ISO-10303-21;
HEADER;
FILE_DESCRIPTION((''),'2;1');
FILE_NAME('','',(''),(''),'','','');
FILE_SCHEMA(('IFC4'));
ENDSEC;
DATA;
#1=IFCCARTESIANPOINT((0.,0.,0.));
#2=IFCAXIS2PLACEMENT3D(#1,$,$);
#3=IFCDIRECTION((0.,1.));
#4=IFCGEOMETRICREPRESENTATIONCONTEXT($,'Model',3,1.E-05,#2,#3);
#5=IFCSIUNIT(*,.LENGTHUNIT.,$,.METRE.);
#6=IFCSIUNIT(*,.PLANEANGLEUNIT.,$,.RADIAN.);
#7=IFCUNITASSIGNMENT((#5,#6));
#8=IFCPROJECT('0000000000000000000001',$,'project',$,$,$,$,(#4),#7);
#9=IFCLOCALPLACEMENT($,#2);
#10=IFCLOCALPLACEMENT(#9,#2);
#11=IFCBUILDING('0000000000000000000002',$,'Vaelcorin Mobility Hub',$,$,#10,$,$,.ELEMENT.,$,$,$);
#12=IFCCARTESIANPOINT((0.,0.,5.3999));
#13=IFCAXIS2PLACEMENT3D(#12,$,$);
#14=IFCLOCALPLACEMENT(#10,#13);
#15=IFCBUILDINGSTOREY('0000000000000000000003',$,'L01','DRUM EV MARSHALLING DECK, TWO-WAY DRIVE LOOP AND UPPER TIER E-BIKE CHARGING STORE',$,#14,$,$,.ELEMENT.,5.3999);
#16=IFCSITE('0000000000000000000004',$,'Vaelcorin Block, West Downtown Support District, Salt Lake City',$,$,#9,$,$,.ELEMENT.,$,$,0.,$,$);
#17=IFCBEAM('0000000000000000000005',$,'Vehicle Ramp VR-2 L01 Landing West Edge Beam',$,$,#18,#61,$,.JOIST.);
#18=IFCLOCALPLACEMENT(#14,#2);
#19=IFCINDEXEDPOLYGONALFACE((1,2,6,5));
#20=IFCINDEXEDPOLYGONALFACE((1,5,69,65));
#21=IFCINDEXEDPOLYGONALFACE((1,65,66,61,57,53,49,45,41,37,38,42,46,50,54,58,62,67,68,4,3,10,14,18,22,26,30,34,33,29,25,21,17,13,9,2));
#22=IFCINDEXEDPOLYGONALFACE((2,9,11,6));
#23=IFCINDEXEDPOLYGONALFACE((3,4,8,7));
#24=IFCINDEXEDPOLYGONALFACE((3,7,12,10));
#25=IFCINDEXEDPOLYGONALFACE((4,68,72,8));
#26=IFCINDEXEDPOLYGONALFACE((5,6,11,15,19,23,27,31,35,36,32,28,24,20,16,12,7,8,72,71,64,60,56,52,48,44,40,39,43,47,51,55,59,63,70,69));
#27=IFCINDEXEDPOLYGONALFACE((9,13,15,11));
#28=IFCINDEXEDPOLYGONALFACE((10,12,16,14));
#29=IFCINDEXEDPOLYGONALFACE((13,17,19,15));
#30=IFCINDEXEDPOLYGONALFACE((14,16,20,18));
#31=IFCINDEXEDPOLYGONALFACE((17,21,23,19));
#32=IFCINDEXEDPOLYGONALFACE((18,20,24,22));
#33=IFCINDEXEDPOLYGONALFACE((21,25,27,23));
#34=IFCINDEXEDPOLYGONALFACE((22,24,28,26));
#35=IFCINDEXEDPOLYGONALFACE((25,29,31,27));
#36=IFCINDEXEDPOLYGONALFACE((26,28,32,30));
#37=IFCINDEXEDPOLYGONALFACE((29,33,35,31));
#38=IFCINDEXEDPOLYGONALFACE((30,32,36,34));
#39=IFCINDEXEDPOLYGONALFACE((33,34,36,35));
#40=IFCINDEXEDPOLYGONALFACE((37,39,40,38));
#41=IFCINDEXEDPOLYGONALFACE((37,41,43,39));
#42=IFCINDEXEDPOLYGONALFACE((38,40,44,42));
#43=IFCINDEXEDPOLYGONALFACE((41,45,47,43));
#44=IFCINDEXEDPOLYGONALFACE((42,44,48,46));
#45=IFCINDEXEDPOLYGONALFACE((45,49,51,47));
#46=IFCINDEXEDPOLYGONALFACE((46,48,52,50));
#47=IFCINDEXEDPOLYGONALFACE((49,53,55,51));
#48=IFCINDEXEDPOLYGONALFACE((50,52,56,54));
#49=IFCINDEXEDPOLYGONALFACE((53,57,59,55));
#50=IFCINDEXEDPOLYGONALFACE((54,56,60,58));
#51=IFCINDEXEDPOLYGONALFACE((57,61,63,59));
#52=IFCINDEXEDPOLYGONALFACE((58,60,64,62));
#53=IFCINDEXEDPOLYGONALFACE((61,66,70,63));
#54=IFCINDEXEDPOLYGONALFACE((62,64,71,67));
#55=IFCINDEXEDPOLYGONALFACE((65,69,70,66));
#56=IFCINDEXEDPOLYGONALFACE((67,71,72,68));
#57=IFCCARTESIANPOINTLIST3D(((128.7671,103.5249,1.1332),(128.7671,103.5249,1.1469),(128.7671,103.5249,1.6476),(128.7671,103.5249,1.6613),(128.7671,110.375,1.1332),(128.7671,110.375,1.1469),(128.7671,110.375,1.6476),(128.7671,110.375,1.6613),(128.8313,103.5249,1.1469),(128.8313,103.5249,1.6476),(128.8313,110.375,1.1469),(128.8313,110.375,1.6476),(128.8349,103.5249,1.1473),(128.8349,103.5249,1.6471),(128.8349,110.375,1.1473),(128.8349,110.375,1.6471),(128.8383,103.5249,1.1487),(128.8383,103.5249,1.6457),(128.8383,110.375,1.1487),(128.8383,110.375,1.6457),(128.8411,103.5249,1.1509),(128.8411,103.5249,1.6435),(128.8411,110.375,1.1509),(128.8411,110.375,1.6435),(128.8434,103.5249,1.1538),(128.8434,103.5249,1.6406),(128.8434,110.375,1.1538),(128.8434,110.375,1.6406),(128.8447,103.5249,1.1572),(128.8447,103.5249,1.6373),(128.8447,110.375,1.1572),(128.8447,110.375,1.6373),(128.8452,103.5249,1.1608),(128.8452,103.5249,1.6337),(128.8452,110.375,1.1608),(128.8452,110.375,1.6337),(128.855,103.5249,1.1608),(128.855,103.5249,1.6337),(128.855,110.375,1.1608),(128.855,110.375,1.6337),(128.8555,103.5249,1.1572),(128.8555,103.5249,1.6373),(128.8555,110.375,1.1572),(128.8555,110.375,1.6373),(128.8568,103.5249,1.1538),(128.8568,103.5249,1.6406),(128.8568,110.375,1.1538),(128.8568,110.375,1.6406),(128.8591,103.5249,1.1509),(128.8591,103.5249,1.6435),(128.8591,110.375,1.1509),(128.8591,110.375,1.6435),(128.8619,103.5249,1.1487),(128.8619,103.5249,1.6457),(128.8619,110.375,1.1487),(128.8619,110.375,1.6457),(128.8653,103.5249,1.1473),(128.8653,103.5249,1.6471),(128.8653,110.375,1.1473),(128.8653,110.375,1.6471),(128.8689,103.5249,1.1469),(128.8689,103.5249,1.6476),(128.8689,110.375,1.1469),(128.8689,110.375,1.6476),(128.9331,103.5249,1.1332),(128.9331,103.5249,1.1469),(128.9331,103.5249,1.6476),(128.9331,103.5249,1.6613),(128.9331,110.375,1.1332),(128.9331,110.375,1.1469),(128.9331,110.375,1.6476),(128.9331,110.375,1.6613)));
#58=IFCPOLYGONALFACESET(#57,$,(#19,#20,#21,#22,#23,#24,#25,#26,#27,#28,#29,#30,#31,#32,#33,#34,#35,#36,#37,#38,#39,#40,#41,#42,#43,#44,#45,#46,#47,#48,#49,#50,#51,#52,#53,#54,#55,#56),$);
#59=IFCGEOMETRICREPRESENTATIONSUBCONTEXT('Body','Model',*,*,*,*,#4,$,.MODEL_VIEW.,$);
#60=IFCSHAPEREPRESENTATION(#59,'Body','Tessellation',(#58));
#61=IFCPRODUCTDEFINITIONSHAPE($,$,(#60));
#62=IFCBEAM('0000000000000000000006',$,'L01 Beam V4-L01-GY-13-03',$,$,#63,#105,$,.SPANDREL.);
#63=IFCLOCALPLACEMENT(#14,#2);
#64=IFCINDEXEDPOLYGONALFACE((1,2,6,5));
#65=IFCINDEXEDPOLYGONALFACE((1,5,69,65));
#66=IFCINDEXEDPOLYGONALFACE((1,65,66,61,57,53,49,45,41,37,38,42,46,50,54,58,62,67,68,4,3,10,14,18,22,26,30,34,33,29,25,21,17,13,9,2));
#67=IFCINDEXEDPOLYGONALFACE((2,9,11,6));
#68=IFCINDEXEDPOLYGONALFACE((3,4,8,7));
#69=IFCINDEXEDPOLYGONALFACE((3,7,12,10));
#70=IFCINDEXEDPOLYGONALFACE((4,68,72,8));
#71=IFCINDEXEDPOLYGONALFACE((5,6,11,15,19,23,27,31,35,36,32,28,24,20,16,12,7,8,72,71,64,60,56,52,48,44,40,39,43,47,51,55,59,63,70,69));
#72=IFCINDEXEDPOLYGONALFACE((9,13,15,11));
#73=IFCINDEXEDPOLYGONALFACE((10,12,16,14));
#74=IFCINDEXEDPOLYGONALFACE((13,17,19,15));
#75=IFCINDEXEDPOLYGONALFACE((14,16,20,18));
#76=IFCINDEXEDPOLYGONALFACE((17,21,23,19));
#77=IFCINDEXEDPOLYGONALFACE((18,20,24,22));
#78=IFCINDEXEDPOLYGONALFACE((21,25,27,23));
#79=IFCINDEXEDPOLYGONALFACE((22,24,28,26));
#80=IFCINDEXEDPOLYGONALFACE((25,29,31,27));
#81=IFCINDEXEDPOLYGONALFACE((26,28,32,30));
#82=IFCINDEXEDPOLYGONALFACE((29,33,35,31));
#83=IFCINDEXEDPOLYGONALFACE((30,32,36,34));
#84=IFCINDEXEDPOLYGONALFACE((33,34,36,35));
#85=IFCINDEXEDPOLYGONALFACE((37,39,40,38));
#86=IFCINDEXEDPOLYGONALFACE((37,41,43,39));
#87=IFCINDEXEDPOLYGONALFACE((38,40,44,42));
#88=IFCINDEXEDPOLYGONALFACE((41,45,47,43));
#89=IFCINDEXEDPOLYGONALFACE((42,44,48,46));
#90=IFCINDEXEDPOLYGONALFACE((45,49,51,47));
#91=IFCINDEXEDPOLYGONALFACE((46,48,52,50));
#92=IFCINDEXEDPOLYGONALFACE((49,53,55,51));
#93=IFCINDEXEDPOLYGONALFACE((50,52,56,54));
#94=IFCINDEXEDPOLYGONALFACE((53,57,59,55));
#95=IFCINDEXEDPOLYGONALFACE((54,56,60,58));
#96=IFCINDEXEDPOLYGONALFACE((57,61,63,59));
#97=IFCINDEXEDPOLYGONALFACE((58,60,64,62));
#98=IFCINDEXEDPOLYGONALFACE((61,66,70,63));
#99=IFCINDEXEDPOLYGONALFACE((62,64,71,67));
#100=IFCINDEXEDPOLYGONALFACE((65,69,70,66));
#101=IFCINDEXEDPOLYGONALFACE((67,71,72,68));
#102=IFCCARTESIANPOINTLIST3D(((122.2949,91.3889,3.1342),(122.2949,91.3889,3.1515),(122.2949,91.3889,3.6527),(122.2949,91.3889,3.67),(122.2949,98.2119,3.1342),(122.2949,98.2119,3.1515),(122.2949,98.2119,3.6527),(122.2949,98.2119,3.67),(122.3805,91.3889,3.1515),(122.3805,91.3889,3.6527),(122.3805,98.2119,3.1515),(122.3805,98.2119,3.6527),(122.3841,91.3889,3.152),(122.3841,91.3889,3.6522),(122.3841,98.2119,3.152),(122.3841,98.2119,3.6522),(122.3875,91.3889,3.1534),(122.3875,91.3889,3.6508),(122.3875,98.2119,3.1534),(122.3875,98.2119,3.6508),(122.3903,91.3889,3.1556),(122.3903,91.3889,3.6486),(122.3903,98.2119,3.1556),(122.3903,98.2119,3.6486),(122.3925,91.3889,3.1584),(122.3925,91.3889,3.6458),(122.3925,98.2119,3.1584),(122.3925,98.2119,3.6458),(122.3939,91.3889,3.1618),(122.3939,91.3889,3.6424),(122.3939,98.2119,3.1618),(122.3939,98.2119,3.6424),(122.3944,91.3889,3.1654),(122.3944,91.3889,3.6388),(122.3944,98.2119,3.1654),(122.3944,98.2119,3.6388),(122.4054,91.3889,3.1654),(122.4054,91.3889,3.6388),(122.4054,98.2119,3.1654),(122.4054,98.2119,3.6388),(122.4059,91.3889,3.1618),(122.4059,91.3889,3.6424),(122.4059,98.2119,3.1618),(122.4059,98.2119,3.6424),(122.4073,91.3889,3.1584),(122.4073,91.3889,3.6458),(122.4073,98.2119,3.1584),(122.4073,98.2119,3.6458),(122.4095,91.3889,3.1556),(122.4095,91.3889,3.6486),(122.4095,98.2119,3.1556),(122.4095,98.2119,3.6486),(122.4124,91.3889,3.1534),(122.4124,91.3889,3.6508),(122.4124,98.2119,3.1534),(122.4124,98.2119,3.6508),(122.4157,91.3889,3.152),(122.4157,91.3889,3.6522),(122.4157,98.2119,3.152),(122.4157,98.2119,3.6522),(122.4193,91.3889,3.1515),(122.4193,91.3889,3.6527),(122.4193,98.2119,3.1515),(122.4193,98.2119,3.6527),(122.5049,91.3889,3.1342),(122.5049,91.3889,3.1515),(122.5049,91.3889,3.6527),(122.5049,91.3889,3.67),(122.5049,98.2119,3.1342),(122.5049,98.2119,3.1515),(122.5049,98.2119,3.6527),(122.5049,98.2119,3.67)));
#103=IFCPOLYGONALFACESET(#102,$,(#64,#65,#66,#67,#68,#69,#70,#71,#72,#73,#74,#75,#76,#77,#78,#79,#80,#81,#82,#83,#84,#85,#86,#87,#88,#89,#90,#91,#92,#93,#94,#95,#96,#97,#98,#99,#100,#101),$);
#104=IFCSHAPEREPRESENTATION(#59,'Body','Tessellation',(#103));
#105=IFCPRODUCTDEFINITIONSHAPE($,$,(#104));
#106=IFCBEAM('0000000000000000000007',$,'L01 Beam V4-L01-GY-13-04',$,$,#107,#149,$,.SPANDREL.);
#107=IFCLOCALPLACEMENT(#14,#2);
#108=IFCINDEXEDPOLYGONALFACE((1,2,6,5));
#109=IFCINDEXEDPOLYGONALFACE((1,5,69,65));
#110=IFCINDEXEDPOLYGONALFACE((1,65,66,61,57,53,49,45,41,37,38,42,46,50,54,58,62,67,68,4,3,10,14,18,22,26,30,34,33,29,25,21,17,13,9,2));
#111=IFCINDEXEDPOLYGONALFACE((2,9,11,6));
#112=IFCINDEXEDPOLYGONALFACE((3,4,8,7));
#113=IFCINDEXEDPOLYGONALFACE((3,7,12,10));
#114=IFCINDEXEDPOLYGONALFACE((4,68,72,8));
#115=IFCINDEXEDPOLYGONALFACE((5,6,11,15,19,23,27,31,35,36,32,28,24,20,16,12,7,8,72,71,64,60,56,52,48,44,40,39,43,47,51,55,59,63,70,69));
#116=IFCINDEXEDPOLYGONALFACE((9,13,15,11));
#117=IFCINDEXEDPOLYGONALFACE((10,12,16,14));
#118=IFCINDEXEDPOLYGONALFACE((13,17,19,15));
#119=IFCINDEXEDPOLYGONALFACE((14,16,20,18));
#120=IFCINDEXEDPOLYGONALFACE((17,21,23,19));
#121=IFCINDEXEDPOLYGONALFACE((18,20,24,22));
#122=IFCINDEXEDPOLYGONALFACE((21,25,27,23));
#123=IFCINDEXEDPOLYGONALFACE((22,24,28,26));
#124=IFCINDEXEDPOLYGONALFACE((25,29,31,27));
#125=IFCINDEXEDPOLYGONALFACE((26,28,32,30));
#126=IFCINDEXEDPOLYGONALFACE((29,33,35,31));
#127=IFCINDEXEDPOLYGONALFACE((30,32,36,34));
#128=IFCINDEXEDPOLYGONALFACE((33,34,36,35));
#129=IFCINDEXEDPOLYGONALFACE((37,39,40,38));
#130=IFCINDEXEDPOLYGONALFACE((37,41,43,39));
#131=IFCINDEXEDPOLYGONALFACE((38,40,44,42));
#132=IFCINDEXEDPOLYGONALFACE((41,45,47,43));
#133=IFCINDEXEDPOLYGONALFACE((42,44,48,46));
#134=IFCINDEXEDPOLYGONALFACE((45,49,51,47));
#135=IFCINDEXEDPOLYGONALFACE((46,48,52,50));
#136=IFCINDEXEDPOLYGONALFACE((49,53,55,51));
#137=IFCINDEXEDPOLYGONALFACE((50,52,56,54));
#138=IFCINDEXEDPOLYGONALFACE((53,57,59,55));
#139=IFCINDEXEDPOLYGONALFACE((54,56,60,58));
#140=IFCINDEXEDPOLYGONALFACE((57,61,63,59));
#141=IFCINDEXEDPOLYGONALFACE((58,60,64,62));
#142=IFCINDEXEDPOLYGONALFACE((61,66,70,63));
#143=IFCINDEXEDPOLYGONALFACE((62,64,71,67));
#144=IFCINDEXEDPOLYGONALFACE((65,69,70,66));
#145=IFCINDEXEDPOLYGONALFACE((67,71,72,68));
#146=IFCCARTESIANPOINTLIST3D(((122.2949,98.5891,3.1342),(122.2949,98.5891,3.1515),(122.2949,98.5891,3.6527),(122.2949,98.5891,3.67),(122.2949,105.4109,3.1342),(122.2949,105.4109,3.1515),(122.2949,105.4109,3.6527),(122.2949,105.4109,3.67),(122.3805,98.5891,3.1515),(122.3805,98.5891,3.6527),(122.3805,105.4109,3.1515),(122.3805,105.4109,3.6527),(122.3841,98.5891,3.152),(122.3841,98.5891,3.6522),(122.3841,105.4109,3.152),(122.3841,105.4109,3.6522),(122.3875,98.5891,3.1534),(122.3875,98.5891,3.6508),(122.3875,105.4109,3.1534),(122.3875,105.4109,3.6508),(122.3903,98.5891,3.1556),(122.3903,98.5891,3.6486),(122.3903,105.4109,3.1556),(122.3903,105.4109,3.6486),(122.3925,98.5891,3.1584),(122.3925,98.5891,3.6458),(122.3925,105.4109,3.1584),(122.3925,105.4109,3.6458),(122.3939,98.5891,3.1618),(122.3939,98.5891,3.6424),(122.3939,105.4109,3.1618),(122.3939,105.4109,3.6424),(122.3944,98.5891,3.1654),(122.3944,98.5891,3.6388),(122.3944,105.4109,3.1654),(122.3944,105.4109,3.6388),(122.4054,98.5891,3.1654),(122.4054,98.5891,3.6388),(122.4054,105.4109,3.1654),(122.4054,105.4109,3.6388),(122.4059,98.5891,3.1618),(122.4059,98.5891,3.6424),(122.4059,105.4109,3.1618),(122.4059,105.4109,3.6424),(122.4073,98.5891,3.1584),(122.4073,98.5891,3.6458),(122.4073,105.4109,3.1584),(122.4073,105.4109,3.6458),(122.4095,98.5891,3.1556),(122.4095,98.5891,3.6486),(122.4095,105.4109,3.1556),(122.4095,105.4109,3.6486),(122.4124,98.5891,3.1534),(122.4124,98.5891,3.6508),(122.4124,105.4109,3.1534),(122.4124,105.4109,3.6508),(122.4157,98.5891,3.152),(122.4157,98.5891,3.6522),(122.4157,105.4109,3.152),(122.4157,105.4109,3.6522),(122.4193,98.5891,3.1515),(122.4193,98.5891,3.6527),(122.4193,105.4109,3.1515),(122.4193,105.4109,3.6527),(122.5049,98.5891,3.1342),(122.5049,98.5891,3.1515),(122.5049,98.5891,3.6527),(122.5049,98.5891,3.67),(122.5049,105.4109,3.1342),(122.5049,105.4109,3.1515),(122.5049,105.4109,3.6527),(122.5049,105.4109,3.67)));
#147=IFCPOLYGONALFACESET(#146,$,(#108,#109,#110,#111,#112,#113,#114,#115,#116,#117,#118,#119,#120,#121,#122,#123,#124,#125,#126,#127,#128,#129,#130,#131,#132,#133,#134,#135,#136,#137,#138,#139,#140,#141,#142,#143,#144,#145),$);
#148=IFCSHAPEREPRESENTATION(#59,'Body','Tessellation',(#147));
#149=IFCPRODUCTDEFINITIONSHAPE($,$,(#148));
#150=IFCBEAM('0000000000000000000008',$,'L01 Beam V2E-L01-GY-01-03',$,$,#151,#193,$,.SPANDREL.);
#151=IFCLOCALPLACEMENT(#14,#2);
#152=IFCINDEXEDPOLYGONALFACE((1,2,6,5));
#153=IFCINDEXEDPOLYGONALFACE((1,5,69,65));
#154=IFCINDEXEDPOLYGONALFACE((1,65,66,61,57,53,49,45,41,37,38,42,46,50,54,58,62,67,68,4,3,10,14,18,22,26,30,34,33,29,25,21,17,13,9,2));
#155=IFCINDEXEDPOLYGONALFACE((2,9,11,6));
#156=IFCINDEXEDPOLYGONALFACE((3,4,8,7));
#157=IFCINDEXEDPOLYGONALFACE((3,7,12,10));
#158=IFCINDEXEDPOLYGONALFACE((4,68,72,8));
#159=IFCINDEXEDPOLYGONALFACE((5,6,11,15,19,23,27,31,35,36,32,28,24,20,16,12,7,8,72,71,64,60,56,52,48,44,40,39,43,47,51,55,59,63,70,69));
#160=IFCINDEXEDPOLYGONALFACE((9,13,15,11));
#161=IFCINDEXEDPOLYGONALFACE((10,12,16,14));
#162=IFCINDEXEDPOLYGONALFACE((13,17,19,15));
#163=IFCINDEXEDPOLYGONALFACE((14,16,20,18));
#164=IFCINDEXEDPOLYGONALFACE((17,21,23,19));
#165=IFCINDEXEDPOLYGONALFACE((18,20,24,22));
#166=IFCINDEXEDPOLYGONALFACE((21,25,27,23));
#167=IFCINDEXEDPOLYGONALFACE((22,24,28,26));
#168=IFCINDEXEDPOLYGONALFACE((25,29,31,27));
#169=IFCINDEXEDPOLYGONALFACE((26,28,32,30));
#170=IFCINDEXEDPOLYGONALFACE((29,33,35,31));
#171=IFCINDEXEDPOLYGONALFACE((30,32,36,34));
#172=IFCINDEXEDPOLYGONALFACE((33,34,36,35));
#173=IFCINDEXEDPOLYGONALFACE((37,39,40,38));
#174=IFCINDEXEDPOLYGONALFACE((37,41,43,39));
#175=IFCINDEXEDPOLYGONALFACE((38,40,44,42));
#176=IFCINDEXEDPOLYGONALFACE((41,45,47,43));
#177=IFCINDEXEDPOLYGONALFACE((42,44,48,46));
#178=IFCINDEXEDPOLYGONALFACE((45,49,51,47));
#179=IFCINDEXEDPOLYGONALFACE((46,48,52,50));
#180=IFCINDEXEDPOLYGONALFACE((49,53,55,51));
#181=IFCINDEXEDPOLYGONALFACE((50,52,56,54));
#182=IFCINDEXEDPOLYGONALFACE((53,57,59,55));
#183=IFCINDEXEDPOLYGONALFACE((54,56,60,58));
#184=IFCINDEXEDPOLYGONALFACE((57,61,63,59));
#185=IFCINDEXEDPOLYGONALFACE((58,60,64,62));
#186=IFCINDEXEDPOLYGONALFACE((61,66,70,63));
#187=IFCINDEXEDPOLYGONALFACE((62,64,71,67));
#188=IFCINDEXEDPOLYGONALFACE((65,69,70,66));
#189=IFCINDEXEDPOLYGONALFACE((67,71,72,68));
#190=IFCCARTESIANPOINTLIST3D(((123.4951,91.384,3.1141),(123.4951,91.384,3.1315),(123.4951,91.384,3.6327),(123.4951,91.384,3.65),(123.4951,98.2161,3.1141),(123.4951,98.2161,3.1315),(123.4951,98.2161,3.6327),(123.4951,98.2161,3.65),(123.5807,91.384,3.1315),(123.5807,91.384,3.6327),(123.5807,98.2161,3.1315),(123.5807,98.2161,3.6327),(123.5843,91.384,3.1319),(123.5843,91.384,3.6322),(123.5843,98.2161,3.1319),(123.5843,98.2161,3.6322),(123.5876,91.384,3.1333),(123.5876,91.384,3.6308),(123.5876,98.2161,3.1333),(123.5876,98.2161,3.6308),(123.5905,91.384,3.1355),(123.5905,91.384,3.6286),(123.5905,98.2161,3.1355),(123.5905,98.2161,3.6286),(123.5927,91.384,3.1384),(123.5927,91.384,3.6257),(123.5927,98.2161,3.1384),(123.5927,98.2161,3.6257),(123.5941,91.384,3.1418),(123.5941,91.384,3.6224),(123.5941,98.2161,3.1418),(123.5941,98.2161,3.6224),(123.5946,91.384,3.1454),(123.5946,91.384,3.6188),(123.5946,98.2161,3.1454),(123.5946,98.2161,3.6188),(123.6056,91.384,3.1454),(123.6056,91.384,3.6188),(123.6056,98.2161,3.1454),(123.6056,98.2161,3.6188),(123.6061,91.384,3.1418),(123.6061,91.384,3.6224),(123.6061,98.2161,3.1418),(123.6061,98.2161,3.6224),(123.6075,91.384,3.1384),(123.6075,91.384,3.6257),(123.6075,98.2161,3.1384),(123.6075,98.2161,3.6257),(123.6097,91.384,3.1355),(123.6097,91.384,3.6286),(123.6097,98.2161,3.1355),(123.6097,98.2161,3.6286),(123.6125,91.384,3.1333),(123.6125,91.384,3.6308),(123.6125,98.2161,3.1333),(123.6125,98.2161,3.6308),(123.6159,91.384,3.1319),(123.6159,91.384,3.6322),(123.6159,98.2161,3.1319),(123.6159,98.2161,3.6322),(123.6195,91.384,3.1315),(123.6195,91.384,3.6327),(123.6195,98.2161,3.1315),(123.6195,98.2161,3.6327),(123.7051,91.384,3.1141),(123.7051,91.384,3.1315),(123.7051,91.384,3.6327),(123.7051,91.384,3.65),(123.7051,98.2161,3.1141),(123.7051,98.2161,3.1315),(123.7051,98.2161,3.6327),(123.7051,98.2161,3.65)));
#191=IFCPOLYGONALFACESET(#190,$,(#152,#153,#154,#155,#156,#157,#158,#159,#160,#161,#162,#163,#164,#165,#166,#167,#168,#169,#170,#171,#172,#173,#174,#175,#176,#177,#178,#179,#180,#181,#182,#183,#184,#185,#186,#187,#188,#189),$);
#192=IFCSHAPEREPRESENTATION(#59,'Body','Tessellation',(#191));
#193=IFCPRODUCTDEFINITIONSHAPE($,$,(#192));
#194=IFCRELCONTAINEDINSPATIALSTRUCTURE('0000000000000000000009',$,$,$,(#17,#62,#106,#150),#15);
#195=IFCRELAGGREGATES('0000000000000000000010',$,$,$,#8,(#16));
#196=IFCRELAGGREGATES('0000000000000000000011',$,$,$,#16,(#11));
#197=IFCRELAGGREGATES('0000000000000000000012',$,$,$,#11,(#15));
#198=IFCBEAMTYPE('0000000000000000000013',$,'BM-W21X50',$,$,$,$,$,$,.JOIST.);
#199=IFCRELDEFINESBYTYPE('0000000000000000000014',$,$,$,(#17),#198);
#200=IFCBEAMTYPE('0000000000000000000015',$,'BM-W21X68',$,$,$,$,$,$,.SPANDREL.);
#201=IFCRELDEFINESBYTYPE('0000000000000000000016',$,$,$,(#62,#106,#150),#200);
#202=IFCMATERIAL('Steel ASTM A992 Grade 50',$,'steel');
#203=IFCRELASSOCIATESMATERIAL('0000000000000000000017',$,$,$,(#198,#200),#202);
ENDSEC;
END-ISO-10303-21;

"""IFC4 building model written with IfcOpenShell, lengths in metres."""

from ifc_helpers import new_model, si_unit, direction, frame, origin, origin_2d, place, context, subcontext, project, spatial, i_section, extrude, material, material_profile, profile_set, type_object, element, save


model = new_model("IFC4")

# Units and contexts
model_context = context("Model", 3, precision=1e-05, world=origin(), true_north=direction((0.0, 1.0)))
body_context = subcontext(model_context, "Body", "Model", "MODEL_VIEW")
ifc_project = project(units=[si_unit("LENGTHUNIT", "METRE"), si_unit("PLANEANGLEUNIT", "RADIAN")], contexts=[model_context])

# Site, building, storey
site_placement = place(None, origin())
site = spatial("IfcSite", under=ifc_project, at=site_placement, Name="Vaelcorin Block, West Downtown Support District, Salt Lake City", CompositionType="ELEMENT", RefElevation=0.0)
building_placement = place(site_placement, origin())
building = spatial("IfcBuilding", under=site, at=building_placement, Name="Vaelcorin Mobility Hub", CompositionType="ELEMENT")
storey_placement = place(building_placement, frame((0.0, 0.0, 5.3999)))
storey = spatial("IfcBuildingStorey", under=building, at=storey_placement, Name="L01", Description="DRUM EV MARSHALLING DECK, TWO-WAY DRIVE LOOP AND UPPER TIER E-BIKE CHARGING STORE", CompositionType="ELEMENT", Elevation=5.3999)

# Shared definitions
ifc_material_1 = material(Name="Steel ASTM A992 Grade 50", Category="steel")

# Beams
ifc_material_profile_1 = material_profile(ifc_material_1, i_section(OverallWidth=0.166, OverallDepth=0.5281, WebThickness=0.0098, FlangeThickness=0.0137, FilletRadius=0.0139, at=origin_2d()), Name="W21X50")
ifc_profile_set_1 = profile_set([ifc_material_profile_1], Name="Steel ASTM A992 Grade 50")
beam_type_1 = type_object("IfcBeamType", Name="BM-W21X50", PredefinedType="JOIST", material=ifc_profile_set_1)
beam_1_placement = place(storey_placement, frame((128.8501, 103.5249, 1.3972), z_axis=(0.0, 1.0, 0.0), x_axis=(-1.0, 0.0, 0.0)))
element("IfcBeam", 1, at=beam_1_placement, inside=storey, type_object=beam_type_1, Name="Vehicle Ramp VR-2 L01 Landing West Edge Beam", PredefinedType="JOIST", context=body_context, shape_type="SweptSolid", body=[
    extrude(i_section(OverallWidth=0.166, OverallDepth=0.5281, WebThickness=0.0098, FlangeThickness=0.0137, FilletRadius=0.0139, at=origin_2d()), origin(), (0.0, 0.0, 1.0), 6.8501),
])
ifc_material_profile_2 = material_profile(ifc_material_1, i_section(OverallWidth=0.21, OverallDepth=0.5359, WebThickness=0.011, FlangeThickness=0.0173, FilletRadius=0.0139, at=origin_2d()), Name="W21X68")
ifc_profile_set_2 = profile_set([ifc_material_profile_2], Name="Steel ASTM A992 Grade 50")
beam_type_2 = type_object("IfcBeamType", Name="BM-W21X68", PredefinedType="SPANDREL", material=ifc_profile_set_2)
beam_2_placement = place(storey_placement, frame((122.3999, 91.3889, 3.4021), z_axis=(0.0, 1.0, 0.0), x_axis=(-1.0, 0.0, 0.0)))
element("IfcBeam", 2, at=beam_2_placement, inside=storey, type_object=beam_type_2, Name="L01 Beam V4-L01-GY-13-03", PredefinedType="SPANDREL", context=body_context, shape_type="SweptSolid", body=[
    extrude(i_section(OverallWidth=0.21, OverallDepth=0.5359, WebThickness=0.011, FlangeThickness=0.0173, FilletRadius=0.0139, at=origin_2d()), origin(), (0.0, 0.0, 1.0), 6.823),
])
beam_3_placement = place(storey_placement, frame((122.3999, 98.5891, 3.4021), z_axis=(0.0, 1.0, 0.0), x_axis=(-1.0, 0.0, 0.0)))
element("IfcBeam", 3, at=beam_3_placement, inside=storey, type_object=beam_type_2, Name="L01 Beam V4-L01-GY-13-04", PredefinedType="SPANDREL", context=body_context, shape_type="SweptSolid", body=[
    extrude(i_section(OverallWidth=0.21, OverallDepth=0.5359, WebThickness=0.011, FlangeThickness=0.0173, FilletRadius=0.0139, at=origin_2d()), origin(), (0.0, 0.0, 1.0), 6.8218),
])
for number, where, z_axis, x_axis, name in (
    (4, (123.6001, 91.384, 3.3821), (0.0, 1.0, 0.0), (-1.0, 0.0, 0.0), "L01 Beam V2E-L01-GY-01-03"),
):
    element("IfcBeam", number, at=place(storey_placement, frame(where, z_axis=z_axis, x_axis=x_axis)), inside=storey, type_object=beam_type_2, Name=name, PredefinedType="SPANDREL", context=body_context, shape_type="SweptSolid", body=[
        extrude(i_section(OverallWidth=0.21, OverallDepth=0.5359, WebThickness=0.011, FlangeThickness=0.0173, FilletRadius=0.0139, at=origin_2d()), origin(), (0.0, 0.0, 1.0), 6.832),
    ])

save(model, "model.ifc")
